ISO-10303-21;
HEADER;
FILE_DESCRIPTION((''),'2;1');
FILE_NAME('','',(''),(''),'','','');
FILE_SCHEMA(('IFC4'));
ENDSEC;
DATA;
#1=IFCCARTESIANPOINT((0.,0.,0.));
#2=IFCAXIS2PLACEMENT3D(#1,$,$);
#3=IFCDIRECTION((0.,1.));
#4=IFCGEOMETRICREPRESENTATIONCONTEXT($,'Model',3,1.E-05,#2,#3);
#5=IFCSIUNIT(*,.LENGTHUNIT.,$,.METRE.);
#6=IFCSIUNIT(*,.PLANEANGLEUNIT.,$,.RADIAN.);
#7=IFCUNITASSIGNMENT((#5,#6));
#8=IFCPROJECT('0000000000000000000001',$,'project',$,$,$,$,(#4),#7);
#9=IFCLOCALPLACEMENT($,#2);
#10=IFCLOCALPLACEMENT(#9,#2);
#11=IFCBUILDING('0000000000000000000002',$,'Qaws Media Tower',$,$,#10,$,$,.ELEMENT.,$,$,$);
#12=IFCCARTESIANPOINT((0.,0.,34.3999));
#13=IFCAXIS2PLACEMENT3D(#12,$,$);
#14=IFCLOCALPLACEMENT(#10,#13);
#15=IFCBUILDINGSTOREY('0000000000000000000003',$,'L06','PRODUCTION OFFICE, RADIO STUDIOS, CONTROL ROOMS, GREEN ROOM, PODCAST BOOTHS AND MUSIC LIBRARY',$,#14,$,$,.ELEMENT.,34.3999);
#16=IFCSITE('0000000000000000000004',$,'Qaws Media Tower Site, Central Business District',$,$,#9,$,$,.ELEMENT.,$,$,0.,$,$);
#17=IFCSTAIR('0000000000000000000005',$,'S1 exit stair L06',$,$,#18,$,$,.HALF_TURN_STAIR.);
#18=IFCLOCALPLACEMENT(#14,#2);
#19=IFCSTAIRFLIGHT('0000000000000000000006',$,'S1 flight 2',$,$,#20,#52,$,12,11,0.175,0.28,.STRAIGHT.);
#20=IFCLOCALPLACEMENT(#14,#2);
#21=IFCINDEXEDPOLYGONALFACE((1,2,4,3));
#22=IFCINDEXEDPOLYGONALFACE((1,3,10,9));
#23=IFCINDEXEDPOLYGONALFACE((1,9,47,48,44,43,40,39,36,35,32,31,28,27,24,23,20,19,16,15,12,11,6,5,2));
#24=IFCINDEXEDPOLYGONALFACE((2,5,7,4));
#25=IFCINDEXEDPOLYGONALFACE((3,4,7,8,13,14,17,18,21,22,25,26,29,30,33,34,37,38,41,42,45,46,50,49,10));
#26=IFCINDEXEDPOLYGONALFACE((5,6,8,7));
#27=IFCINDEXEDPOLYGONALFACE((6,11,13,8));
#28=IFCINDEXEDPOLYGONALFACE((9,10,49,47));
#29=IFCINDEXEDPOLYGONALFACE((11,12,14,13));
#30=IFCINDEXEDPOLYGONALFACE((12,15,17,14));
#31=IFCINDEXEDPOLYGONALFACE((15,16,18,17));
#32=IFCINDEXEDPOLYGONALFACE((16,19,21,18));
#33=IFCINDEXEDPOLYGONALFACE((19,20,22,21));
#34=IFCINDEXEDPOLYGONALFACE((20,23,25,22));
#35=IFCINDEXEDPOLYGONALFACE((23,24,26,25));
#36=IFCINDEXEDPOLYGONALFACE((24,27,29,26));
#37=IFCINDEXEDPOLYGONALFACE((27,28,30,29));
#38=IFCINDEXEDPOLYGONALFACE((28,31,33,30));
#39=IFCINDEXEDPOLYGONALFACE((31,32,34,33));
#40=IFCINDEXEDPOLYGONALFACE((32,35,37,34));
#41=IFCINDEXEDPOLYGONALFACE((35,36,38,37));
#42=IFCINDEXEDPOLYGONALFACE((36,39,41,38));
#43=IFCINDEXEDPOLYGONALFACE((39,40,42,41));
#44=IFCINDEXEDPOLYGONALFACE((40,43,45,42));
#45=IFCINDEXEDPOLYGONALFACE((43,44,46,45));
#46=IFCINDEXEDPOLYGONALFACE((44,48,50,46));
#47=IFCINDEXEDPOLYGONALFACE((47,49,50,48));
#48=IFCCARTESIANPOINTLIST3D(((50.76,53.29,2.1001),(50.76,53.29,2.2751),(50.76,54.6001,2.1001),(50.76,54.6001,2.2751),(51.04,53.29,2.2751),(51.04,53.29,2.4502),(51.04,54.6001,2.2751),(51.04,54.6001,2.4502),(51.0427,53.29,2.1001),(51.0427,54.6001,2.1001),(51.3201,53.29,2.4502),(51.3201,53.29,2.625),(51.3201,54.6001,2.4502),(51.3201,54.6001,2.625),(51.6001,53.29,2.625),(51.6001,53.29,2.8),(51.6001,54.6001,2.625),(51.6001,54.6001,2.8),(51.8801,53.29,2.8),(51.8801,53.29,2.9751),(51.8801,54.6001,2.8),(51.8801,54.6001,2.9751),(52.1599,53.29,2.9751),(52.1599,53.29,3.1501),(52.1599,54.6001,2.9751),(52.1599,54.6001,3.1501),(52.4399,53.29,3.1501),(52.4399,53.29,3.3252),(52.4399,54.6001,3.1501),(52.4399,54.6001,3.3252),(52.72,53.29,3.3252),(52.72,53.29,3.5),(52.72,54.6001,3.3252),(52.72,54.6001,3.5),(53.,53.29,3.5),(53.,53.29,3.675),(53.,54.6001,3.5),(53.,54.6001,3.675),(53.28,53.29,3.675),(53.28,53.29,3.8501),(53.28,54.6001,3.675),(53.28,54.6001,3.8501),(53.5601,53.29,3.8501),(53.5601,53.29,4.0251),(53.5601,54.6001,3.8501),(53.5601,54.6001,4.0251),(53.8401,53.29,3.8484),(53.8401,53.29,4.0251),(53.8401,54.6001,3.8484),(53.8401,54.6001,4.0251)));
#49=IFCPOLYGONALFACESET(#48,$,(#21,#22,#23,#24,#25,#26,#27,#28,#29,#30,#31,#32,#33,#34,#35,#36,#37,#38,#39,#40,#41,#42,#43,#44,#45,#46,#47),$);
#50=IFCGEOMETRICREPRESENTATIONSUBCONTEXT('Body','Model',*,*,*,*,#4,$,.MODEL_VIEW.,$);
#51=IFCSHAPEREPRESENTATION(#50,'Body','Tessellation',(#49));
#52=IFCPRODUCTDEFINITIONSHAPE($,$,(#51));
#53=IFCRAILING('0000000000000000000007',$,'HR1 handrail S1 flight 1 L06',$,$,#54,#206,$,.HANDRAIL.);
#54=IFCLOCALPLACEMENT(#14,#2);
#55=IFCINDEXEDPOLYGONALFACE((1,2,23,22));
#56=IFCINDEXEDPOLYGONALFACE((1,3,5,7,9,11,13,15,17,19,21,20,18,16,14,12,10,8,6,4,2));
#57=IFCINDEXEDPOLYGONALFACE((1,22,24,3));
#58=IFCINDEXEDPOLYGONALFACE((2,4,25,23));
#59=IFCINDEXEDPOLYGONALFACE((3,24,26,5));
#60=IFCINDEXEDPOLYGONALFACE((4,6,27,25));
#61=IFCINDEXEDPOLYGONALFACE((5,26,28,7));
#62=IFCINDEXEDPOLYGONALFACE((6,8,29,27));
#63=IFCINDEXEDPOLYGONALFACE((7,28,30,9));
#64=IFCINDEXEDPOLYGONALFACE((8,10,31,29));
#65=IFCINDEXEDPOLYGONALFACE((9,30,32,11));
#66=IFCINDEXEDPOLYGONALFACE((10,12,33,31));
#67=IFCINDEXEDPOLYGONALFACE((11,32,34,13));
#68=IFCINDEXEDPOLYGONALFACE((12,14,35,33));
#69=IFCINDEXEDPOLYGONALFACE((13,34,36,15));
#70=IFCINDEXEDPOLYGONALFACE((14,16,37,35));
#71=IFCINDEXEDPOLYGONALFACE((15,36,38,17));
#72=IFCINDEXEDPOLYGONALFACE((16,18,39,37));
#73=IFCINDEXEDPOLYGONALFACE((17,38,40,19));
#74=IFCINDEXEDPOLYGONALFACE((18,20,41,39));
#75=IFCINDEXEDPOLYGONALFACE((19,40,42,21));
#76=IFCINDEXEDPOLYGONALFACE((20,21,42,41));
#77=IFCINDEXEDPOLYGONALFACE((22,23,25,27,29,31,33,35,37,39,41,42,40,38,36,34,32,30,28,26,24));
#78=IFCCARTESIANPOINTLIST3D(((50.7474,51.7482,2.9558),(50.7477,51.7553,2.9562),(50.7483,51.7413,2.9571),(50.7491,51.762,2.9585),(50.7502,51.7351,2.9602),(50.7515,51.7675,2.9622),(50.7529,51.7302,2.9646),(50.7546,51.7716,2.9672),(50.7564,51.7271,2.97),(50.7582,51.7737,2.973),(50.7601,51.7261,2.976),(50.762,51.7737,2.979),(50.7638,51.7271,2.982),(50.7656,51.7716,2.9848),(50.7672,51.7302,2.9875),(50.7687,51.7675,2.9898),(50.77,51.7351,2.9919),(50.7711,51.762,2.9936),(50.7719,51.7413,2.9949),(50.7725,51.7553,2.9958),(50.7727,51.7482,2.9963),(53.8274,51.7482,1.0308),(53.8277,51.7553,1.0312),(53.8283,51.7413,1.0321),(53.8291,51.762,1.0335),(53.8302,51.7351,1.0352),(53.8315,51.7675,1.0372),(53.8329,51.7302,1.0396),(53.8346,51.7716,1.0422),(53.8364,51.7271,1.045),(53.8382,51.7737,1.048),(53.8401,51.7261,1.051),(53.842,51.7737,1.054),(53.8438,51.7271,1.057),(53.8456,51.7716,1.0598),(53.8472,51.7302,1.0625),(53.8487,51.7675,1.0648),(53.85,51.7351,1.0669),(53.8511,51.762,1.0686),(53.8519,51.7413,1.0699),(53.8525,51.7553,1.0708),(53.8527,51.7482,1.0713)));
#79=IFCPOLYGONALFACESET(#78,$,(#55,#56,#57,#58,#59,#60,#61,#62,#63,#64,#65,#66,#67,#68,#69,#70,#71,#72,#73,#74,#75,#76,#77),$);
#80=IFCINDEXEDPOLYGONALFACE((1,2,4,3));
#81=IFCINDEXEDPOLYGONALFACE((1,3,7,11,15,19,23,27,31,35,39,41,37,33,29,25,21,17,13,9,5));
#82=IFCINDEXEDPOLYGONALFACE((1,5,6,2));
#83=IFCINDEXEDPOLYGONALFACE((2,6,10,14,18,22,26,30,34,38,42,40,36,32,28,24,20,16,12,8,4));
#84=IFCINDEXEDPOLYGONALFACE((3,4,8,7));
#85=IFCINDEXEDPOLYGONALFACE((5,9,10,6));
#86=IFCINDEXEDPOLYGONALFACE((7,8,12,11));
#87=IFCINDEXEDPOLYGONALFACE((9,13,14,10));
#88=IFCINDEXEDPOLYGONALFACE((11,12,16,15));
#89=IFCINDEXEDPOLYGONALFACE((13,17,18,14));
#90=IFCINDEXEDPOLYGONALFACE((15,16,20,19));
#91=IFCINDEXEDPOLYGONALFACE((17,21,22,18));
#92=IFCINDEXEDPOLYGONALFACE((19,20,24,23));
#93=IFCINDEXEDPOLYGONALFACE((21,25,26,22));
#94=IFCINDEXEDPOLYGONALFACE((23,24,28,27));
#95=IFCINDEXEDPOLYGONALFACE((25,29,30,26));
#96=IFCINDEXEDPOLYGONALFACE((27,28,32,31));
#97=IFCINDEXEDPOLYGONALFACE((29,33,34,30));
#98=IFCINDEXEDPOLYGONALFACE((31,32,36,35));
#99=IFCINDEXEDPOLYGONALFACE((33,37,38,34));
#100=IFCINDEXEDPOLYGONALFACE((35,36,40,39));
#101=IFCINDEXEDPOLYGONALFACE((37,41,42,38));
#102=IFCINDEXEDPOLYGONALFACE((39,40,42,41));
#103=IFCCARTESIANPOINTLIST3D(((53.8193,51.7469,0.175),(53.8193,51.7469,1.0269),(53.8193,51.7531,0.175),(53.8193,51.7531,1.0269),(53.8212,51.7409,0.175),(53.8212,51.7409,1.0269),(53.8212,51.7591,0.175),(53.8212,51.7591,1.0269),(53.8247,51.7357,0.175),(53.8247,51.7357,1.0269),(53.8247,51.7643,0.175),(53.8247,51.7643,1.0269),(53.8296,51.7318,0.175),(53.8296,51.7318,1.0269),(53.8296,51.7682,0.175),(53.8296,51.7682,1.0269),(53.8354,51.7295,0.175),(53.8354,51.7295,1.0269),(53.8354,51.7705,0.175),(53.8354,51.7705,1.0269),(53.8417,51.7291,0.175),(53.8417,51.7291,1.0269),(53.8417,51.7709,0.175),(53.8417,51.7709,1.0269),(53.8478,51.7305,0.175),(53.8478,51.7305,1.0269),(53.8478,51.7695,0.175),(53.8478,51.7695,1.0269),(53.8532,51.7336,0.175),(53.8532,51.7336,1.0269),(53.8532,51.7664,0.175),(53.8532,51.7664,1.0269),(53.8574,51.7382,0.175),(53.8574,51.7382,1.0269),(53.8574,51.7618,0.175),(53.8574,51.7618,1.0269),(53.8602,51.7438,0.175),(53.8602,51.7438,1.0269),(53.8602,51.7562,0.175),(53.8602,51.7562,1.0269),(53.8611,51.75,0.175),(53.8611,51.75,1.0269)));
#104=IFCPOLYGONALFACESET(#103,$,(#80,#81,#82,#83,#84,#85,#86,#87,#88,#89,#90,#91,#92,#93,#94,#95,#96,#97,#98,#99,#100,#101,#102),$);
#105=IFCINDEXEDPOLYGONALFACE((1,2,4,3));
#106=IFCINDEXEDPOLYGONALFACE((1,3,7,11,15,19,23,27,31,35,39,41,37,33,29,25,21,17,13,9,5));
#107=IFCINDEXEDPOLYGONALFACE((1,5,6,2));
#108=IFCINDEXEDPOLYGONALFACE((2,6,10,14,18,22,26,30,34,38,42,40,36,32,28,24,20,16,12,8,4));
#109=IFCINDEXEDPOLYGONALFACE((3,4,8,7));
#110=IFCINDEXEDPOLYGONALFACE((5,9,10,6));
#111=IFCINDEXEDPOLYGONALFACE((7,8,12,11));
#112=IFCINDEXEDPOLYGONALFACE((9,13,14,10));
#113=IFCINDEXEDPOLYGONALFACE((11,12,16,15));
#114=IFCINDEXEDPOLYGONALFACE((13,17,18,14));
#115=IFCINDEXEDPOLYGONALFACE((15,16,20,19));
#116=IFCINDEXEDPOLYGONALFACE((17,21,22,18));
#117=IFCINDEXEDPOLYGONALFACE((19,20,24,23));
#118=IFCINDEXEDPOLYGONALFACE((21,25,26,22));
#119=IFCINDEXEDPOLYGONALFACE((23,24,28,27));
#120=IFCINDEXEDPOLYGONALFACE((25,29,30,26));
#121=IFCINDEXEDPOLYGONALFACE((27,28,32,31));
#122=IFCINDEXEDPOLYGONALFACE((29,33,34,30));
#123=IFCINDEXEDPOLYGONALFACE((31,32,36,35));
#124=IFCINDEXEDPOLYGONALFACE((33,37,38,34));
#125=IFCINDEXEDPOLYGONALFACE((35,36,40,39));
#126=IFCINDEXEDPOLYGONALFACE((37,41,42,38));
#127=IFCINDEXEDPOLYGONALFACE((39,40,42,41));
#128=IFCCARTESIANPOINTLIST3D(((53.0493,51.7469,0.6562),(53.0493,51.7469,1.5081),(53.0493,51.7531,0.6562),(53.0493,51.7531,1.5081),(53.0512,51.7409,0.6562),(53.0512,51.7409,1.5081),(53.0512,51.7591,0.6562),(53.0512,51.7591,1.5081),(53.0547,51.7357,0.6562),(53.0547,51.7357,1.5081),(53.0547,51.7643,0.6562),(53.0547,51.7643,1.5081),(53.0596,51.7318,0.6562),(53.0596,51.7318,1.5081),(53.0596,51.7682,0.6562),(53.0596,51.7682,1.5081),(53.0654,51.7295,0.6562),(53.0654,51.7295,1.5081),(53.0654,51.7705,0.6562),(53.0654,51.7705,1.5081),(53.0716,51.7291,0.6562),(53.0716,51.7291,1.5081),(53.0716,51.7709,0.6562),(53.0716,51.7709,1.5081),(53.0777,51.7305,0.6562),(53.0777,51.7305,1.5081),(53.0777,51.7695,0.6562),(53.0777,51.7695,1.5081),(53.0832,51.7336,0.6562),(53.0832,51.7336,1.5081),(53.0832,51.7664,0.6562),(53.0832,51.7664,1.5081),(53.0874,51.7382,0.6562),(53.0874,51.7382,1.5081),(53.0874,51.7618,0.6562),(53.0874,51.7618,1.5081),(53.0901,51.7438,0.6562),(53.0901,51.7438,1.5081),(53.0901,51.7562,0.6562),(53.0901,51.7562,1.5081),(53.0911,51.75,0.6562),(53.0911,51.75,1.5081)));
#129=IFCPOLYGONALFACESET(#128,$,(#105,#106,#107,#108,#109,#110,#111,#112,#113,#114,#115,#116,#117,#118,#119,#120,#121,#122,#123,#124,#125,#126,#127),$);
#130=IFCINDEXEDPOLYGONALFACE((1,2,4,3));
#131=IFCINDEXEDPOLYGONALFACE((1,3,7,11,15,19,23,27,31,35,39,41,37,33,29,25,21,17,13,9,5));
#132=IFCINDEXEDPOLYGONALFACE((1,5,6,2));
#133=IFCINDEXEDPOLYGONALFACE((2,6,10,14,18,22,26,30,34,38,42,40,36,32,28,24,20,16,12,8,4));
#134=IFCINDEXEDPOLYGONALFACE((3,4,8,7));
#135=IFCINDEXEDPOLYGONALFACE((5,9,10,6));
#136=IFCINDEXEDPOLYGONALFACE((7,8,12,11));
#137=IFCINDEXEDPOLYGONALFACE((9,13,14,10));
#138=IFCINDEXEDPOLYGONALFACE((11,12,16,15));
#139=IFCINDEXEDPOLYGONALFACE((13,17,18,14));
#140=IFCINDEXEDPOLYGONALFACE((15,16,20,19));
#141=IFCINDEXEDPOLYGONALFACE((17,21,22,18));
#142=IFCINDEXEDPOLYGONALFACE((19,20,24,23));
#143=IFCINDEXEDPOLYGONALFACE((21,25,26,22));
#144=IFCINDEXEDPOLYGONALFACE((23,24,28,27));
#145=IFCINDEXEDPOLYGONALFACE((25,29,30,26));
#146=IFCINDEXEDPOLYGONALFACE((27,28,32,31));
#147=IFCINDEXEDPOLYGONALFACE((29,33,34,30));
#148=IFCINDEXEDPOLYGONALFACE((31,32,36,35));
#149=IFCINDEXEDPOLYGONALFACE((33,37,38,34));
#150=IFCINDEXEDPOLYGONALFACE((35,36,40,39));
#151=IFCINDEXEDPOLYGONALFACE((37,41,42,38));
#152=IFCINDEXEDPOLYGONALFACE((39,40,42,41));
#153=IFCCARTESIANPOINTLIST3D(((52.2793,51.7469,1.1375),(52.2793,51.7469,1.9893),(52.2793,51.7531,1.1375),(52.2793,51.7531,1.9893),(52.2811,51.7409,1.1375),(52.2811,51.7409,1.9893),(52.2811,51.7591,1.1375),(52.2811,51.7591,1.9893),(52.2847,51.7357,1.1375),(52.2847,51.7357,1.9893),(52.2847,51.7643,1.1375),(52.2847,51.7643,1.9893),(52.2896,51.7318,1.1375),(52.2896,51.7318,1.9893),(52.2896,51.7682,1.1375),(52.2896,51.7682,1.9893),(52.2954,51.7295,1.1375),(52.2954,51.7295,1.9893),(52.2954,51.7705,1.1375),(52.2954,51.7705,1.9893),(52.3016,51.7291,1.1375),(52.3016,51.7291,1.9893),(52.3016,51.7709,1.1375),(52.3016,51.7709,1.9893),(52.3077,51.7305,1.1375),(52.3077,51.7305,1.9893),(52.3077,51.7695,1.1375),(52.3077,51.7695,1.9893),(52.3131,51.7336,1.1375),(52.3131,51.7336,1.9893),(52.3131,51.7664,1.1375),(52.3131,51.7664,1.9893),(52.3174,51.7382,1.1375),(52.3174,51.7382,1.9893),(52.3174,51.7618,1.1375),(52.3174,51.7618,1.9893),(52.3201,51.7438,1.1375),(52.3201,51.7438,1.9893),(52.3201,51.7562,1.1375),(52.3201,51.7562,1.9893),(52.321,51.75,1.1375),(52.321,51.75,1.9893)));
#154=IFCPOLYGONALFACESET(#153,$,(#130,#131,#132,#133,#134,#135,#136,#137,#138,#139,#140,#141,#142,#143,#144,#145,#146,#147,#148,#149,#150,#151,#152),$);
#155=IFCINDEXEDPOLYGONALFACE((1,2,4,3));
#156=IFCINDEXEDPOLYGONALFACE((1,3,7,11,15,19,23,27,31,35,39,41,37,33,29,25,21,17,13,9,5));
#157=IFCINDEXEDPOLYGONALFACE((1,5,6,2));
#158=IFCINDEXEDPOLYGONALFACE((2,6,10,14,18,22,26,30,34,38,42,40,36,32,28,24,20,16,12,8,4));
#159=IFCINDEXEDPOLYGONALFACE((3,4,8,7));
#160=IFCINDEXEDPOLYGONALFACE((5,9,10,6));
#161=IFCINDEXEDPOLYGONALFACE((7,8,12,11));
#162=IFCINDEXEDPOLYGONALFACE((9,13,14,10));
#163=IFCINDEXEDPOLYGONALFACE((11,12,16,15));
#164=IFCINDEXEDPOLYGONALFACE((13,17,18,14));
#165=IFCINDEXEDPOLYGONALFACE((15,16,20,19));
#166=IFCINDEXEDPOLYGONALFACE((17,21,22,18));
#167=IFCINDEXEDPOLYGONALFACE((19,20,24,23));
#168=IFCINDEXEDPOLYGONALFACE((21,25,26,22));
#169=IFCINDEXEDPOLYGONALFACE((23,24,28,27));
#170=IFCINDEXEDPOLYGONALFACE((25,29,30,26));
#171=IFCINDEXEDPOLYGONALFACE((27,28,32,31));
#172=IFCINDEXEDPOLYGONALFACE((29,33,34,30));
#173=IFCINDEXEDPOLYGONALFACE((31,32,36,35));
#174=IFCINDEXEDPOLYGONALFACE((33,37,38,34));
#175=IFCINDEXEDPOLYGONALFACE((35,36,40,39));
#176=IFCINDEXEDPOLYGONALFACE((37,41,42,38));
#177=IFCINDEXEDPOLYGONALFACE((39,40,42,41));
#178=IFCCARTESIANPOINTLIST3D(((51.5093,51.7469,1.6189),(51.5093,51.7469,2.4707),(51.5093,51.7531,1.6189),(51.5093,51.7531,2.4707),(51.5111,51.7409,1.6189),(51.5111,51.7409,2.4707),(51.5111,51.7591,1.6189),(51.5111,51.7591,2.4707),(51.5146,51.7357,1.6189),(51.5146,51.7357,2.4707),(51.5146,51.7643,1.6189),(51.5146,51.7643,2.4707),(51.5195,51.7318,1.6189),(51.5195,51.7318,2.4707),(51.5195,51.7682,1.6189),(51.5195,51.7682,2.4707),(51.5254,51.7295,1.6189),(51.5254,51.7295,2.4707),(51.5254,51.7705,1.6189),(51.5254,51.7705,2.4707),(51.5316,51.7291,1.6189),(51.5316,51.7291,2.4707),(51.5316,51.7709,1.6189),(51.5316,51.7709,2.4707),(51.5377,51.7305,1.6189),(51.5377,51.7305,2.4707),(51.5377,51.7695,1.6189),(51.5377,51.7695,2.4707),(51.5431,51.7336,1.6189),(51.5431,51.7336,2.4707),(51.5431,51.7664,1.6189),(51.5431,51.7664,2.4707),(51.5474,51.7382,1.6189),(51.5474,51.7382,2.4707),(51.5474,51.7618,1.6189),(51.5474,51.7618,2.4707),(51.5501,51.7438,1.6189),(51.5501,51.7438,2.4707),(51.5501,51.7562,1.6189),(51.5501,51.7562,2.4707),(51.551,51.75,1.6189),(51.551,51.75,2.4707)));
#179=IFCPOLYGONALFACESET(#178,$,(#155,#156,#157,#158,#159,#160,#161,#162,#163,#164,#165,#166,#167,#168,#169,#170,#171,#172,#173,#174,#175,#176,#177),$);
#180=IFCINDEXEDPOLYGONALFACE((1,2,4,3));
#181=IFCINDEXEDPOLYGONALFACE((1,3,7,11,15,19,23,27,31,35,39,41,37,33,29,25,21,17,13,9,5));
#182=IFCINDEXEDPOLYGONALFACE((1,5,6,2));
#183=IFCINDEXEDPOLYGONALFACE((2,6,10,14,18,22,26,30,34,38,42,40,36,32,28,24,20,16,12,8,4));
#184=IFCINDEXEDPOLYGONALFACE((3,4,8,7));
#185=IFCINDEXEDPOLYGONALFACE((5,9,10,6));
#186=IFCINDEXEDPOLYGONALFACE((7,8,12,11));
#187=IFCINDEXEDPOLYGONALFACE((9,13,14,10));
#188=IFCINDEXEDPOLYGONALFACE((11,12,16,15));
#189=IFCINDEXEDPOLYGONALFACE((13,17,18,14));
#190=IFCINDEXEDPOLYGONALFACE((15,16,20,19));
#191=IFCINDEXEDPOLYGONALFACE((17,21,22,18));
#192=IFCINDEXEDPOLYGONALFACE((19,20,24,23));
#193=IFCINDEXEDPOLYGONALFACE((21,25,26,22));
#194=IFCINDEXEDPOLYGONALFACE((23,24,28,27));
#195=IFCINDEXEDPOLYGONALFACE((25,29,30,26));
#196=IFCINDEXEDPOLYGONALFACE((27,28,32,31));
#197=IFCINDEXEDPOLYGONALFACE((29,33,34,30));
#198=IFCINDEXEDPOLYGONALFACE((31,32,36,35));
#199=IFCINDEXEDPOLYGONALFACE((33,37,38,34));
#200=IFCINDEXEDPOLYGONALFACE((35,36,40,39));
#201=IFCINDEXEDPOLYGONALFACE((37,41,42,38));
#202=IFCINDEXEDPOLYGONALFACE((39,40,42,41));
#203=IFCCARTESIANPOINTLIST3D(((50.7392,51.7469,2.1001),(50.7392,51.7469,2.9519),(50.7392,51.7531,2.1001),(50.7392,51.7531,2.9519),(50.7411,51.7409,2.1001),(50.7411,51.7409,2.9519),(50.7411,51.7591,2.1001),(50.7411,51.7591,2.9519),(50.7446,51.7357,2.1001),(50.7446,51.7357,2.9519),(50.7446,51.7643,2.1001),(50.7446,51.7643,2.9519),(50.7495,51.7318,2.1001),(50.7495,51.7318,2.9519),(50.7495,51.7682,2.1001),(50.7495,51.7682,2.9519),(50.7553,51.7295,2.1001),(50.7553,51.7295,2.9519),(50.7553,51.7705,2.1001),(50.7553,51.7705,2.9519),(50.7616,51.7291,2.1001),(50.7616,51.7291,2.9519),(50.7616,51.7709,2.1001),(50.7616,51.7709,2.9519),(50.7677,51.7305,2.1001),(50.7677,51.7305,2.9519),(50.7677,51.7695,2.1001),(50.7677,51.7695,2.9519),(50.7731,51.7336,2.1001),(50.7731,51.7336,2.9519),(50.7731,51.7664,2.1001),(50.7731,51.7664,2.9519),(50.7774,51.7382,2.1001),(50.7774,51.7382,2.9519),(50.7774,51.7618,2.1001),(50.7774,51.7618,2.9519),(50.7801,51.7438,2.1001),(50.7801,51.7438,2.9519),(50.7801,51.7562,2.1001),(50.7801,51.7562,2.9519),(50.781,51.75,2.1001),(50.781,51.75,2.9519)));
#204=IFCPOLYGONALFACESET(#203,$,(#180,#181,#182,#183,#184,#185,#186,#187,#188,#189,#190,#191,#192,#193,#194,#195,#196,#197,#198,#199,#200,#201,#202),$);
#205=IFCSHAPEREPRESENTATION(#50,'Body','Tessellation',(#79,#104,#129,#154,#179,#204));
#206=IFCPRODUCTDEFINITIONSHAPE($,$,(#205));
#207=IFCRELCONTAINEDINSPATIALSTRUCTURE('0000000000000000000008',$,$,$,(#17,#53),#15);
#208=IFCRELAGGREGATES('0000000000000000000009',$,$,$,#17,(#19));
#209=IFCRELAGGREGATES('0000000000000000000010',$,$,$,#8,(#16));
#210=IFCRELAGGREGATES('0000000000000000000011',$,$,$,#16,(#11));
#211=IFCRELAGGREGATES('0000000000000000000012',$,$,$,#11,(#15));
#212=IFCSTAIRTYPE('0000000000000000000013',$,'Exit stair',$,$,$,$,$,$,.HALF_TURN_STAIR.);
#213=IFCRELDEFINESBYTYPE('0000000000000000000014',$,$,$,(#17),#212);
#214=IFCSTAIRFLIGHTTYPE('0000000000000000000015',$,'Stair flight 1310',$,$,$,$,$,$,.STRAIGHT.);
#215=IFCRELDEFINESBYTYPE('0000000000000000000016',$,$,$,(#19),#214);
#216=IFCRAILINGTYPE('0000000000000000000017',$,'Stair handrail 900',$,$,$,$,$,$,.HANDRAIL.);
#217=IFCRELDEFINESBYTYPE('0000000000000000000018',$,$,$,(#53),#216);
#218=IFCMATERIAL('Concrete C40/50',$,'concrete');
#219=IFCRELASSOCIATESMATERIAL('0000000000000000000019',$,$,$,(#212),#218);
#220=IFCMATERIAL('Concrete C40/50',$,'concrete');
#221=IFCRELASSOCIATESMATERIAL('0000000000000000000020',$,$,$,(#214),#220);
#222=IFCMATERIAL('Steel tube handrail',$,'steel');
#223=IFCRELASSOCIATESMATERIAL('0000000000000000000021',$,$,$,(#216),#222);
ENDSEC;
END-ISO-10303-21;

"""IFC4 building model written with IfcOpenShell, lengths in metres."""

from ifc_helpers import new_model, si_unit, direction, frame, origin, origin_2d, place, context, subcontext, project, spatial, polyline, circle, outline, extrude, material, type_object, element, aggregate, save


model = new_model("IFC4")

# Units and contexts
model_context = context("Model", 3, precision=1e-05, world=origin(), true_north=direction((0.0, 1.0)))
body_context = subcontext(model_context, "Body", "Model", "MODEL_VIEW")
ifc_project = project(units=[si_unit("LENGTHUNIT", "METRE"), si_unit("PLANEANGLEUNIT", "RADIAN")], contexts=[model_context])

# Site, building, storey
site_placement = place(None, origin())
site = spatial("IfcSite", under=ifc_project, at=site_placement, Name="Qaws Media Tower Site, Central Business District", CompositionType="ELEMENT", RefElevation=0.0)
building_placement = place(site_placement, origin())
building = spatial("IfcBuilding", under=site, at=building_placement, Name="Qaws Media Tower", CompositionType="ELEMENT")
storey_placement = place(building_placement, frame((0.0, 0.0, 34.3999)))
storey = spatial("IfcBuildingStorey", under=building, at=storey_placement, Name="L06", Description="PRODUCTION OFFICE, RADIO STUDIOS, CONTROL ROOMS, GREEN ROOM, PODCAST BOOTHS AND MUSIC LIBRARY", CompositionType="ELEMENT", Elevation=34.3999)

# Stair, stair flight
ifc_material_1 = material(Name="Concrete C40/50", Category="concrete")
stair_type = type_object("IfcStairType", Name="Exit stair", PredefinedType="HALF_TURN_STAIR", material=ifc_material_1)
stair_placement = place(storey_placement, origin())
stair = element("IfcStair", 1, at=stair_placement, inside=storey, type_object=stair_type, Name="S1 exit stair L06", PredefinedType="HALF_TURN_STAIR")
ifc_material_2 = material(Name="Concrete C40/50", Category="concrete")
stair_flight_type = type_object("IfcStairFlightType", Name="Stair flight 1310", PredefinedType="STRAIGHT", material=ifc_material_2)
stair_flight_1_placement = place(storey_placement, frame((50.76, 53.9451, 2.1001), z_axis=(0.0, 0.0, 1.0), x_axis=(1.0, 0.0, 0.0)))
stair_flight_1 = element("IfcStairFlight", 2, at=stair_flight_1_placement, type_object=stair_flight_type, Name="S1 flight 2", NumberOfRisers=12, NumberOfTreads=11, PredefinedType="STRAIGHT", RiserHeight=0.175, TreadLength=0.28, context=body_context, shape_type="SweptSolid", body=[
    extrude(outline(polyline([(0.0, 0.0), (0.0, 0.175), (0.28, 0.175), (0.28, 0.3501), (0.5601, 0.3501), (0.5601, 0.5249), (0.8401, 0.5249), (0.8401, 0.7), (1.1201, 0.7), (1.1201, 0.875), (1.3999, 0.875), (1.3999, 1.05), (1.6799, 1.05), (1.6799, 1.2251), (1.96, 1.2251), (1.96, 1.3999), (2.24, 1.3999), (2.24, 1.575), (2.52, 1.575), (2.52, 1.75), (2.8, 1.75), (2.8, 1.925), (3.0801, 1.925), (3.0801, 2.1001), (3.0801, 1.7483), (0.2827, 0.0), (0.0, 0.0)])), frame((0.0, 0.655, 0.0), z_axis=(0.0, -1.0, 0.0), x_axis=(1.0, 0.0, 0.0)), (0.0, 0.0, 1.0), 1.3101),
])
aggregate(stair, [stair_flight_1])

# Railing
ifc_material_3 = material(Name="Steel tube handrail", Category="steel")
railing_type = type_object("IfcRailingType", Name="Stair handrail 900", PredefinedType="HANDRAIL", material=ifc_material_3)
for number, where, name in (
    (3, (53.8401, 51.75, 0.175), "HR1 handrail S1 flight 1 L06"),
):
    element("IfcRailing", number, at=place(storey_placement, frame(where)), inside=storey, type_object=railing_type, Name=name, PredefinedType="HANDRAIL", context=body_context, shape_type="SweptSolid", body=[
        extrude(circle(Radius=0.0239, at=origin_2d()), frame((0.0, 0.0, 0.876), z_axis=(-0.847998, 0.0, 0.529999), x_axis=(0.0, -1.0, 0.0)), (0.0, 0.0, 1.0), 3.6321),
        extrude(circle(Radius=0.021, at=origin_2d()), origin(), (0.0, 0.0, 1.0), 0.8518),
        extrude(circle(Radius=0.021, at=origin_2d()), frame((-0.77, 0.0, 0.4812)), (0.0, 0.0, 1.0), 0.8518),
        extrude(circle(Radius=0.021, at=origin_2d()), frame((-1.54, 0.0, 0.9624)), (0.0, 0.0, 1.0), 0.8518),
        extrude(circle(Radius=0.021, at=origin_2d()), frame((-2.3101, 0.0, 1.4438)), (0.0, 0.0, 1.0), 0.8518),
        extrude(circle(Radius=0.021, at=origin_2d()), frame((-3.0801, 0.0, 1.925)), (0.0, 0.0, 1.0), 0.8518),
    ])

save(model, "model.ifc")
